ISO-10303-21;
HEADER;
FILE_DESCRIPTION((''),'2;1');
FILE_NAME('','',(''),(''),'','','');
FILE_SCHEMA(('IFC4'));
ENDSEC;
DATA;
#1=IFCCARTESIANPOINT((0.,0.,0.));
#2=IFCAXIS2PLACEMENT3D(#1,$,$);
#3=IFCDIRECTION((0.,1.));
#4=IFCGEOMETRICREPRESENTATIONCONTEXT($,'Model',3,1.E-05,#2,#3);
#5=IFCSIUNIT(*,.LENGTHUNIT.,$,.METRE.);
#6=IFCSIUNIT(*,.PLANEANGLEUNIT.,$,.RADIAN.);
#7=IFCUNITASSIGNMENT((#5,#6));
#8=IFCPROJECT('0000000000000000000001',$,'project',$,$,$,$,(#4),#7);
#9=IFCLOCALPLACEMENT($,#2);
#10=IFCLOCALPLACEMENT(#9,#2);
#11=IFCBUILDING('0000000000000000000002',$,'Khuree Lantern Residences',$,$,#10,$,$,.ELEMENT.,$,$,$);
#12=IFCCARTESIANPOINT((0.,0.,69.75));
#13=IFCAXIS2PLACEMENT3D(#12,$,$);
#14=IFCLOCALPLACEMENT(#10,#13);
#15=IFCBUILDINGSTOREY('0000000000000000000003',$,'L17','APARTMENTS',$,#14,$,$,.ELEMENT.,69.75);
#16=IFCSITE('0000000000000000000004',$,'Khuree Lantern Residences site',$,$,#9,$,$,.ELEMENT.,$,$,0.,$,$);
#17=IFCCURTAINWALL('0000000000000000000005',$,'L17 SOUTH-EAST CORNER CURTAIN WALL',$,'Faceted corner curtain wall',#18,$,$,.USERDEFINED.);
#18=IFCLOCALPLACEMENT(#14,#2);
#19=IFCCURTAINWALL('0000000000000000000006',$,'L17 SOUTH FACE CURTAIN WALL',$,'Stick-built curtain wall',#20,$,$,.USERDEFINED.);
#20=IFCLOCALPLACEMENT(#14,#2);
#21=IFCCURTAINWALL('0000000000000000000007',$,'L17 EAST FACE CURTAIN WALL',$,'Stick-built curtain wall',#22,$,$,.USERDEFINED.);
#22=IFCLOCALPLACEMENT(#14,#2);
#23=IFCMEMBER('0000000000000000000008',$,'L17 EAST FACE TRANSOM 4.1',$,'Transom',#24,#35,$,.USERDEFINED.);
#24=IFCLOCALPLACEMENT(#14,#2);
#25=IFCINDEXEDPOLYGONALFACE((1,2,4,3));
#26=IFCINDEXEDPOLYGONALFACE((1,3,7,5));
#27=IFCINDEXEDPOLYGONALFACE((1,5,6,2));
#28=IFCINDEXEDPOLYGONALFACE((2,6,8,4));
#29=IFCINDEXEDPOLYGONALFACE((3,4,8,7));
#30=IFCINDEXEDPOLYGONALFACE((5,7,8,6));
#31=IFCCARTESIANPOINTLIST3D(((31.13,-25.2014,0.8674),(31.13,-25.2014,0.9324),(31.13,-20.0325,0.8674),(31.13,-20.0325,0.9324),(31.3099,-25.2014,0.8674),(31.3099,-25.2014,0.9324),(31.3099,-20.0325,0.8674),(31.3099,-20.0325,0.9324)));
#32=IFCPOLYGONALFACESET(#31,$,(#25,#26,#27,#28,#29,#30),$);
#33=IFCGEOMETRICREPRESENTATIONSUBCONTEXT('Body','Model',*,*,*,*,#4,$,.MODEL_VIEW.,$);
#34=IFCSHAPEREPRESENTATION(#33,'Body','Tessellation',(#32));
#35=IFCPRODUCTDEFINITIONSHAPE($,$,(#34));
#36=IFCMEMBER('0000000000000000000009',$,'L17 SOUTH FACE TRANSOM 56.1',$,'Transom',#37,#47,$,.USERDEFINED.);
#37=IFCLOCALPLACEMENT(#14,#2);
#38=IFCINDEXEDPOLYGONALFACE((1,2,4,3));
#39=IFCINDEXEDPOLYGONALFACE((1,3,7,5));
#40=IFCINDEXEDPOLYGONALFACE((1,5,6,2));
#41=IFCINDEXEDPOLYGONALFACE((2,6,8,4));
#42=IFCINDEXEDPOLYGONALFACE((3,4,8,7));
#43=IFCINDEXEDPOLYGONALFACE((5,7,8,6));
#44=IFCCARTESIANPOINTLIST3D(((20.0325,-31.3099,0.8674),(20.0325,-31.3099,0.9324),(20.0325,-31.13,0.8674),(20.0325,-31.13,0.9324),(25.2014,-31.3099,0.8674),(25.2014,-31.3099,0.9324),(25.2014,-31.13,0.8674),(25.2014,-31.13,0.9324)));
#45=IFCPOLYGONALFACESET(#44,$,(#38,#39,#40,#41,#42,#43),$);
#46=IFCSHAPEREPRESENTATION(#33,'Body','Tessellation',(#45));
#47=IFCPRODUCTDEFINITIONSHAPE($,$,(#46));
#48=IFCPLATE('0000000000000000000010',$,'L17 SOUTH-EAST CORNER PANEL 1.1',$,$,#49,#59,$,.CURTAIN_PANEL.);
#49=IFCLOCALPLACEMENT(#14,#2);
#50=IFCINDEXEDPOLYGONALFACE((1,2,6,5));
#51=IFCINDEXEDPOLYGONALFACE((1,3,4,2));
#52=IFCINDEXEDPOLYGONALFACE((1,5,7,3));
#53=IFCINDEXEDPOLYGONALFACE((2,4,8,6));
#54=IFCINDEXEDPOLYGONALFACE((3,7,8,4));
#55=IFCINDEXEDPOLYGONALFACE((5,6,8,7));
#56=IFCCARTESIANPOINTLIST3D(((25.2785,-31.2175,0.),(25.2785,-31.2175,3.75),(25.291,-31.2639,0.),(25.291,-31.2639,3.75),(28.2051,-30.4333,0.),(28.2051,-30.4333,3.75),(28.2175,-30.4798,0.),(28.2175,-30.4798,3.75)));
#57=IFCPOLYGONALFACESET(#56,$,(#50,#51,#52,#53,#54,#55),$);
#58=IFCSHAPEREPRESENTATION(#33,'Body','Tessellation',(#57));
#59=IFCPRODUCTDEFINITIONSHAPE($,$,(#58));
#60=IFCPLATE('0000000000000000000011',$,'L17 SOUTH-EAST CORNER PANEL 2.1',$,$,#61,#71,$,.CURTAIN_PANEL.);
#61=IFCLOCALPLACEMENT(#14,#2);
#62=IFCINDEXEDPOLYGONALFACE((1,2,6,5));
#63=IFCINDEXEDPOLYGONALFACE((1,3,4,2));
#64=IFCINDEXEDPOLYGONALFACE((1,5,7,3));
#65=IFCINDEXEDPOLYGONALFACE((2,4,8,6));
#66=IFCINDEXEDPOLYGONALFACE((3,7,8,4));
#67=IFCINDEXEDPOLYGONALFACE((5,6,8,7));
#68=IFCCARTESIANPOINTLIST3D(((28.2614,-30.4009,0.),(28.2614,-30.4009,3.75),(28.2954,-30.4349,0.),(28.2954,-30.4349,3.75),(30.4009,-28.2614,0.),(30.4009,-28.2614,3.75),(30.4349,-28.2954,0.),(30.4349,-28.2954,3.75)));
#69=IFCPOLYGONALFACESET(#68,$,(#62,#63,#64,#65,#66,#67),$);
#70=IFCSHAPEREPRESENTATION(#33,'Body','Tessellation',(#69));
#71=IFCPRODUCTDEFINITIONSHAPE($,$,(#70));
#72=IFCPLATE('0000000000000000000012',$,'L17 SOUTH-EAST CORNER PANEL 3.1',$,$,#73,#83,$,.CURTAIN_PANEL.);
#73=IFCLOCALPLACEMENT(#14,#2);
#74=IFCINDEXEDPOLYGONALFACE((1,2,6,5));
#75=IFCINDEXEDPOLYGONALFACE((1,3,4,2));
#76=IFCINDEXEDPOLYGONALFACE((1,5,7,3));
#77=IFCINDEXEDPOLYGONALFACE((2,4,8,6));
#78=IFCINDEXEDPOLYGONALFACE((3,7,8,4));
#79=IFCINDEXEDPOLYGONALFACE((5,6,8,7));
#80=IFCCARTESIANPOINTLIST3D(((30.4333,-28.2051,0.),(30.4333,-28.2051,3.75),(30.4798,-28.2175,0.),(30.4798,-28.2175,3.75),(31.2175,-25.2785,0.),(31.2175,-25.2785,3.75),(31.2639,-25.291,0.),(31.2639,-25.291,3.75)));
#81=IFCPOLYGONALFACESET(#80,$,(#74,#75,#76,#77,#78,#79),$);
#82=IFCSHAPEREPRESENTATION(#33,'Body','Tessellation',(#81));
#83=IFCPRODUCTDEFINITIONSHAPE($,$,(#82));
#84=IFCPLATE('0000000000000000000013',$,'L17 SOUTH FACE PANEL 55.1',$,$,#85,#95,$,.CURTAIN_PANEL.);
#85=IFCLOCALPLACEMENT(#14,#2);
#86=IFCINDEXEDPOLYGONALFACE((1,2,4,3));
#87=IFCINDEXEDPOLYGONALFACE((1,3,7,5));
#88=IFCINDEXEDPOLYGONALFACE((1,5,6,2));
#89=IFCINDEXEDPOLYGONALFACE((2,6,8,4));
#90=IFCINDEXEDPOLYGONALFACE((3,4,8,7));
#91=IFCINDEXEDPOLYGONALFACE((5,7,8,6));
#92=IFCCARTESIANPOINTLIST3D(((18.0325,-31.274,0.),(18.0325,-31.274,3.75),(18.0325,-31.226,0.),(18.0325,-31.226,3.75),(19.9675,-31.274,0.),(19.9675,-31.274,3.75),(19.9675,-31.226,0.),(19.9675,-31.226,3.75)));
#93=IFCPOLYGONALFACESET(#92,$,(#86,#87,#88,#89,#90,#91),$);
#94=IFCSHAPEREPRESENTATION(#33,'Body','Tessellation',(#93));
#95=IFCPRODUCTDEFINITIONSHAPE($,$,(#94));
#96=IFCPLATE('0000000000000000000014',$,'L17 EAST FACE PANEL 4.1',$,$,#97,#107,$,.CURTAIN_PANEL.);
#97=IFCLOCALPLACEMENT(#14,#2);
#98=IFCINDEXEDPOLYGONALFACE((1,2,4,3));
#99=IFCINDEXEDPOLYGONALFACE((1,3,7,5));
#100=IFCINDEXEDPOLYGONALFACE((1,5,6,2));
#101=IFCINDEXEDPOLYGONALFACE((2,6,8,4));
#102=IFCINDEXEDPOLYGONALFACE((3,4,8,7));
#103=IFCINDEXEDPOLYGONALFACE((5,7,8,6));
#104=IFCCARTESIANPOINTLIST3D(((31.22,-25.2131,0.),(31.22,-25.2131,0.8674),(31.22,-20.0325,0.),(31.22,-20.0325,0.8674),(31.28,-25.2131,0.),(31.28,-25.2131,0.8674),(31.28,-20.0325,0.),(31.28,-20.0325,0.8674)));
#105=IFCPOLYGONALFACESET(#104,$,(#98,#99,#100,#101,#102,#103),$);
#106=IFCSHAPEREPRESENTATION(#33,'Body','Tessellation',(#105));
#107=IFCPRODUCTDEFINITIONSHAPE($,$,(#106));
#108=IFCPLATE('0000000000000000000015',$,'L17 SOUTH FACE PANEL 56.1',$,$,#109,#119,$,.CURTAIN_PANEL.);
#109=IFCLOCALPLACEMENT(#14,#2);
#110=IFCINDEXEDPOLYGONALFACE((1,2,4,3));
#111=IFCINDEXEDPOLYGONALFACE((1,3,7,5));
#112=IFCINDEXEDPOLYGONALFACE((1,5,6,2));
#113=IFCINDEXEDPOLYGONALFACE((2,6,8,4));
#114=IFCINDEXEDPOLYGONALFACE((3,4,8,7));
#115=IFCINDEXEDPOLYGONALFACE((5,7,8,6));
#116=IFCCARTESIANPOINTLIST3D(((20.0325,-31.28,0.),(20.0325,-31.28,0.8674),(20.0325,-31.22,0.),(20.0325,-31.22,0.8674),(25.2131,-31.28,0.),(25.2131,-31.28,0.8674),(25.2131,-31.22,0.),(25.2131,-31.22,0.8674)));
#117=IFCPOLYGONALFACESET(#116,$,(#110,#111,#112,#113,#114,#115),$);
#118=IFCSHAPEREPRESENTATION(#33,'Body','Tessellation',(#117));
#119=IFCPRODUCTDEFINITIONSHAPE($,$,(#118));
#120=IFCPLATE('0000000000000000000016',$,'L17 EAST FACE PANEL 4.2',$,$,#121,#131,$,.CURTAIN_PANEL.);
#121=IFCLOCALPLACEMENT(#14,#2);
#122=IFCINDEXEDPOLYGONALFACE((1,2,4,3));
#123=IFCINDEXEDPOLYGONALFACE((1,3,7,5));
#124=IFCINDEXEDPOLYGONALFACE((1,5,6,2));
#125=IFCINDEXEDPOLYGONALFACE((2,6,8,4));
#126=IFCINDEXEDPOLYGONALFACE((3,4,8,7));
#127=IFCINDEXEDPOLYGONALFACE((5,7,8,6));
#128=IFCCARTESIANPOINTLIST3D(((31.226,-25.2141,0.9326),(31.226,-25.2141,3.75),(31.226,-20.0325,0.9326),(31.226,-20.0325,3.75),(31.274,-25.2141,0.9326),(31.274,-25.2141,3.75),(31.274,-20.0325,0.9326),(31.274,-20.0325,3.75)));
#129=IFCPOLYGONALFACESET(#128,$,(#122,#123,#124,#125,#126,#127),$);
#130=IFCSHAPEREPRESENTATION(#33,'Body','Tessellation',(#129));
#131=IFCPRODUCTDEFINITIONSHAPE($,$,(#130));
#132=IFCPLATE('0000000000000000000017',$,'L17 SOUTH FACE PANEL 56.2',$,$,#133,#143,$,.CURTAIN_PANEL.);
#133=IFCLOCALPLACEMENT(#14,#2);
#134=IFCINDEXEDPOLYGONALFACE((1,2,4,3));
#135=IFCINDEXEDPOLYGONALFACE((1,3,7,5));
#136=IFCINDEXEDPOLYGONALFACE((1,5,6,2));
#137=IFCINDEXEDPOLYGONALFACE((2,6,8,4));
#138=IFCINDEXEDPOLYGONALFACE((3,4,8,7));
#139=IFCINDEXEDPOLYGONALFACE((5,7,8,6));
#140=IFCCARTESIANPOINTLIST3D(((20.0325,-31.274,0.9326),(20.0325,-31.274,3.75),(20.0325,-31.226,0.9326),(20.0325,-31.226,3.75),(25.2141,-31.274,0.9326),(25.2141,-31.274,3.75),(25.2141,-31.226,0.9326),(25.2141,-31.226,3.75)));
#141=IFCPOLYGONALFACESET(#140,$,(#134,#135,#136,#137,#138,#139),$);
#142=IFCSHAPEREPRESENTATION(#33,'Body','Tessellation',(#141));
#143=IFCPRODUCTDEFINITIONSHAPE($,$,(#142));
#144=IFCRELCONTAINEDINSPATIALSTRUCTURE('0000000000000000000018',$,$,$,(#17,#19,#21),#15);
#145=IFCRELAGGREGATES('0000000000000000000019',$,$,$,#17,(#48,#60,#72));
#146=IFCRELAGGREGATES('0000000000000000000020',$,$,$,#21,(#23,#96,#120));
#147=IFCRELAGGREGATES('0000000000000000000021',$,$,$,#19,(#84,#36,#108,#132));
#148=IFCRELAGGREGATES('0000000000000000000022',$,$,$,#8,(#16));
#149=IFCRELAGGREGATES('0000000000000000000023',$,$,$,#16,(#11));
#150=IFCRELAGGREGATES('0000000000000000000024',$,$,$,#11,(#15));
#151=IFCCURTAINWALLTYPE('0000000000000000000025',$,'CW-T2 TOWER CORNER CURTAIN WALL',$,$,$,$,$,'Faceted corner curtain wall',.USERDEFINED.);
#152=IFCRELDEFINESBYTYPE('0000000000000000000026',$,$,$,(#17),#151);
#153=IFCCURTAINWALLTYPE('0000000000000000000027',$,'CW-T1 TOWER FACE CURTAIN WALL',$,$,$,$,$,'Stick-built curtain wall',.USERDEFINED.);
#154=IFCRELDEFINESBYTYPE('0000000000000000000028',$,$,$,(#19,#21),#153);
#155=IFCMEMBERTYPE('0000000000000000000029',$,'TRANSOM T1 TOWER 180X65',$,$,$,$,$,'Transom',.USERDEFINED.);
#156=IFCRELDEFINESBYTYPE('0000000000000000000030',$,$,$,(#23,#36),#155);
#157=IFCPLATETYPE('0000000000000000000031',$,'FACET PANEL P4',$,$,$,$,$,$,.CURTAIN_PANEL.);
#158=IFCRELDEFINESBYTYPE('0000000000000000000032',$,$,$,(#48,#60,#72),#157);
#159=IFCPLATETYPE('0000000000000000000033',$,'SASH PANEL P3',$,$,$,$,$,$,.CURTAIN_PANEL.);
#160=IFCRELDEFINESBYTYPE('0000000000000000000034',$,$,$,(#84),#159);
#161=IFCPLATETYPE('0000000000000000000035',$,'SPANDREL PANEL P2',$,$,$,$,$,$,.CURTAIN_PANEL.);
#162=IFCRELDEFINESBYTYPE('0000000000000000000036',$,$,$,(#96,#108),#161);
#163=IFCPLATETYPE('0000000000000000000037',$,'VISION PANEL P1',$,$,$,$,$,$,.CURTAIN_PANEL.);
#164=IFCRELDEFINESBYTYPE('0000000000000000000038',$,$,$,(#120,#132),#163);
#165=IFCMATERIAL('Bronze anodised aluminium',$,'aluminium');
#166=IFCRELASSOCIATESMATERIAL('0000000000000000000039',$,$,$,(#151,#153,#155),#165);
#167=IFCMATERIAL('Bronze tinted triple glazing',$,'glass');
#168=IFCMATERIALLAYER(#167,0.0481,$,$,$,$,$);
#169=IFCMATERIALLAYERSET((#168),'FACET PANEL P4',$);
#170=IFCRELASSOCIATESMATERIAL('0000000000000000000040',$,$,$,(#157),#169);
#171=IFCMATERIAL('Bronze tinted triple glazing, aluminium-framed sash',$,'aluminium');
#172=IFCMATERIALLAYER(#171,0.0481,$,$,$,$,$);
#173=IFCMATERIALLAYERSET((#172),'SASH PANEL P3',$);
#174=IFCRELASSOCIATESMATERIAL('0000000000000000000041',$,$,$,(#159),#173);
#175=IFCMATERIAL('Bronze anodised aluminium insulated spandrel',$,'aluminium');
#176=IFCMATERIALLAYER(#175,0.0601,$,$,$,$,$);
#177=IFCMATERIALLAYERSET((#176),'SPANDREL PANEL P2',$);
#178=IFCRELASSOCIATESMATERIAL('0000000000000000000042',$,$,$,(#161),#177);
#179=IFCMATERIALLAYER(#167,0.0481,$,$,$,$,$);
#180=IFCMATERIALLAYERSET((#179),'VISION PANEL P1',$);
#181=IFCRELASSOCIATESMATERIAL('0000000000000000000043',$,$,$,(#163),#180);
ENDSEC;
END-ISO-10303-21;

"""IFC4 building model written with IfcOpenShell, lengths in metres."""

from ifc_helpers import new_model, si_unit, direction, frame, origin, origin_2d, place, context, subcontext, project, spatial, rectangle, extrude, material, layer, layer_set, material_profile, profile_set, type_object, element, aggregate, save


model = new_model("IFC4")

# Units and contexts
model_context = context("Model", 3, precision=1e-05, world=origin(), true_north=direction((0.0, 1.0)))
body_context = subcontext(model_context, "Body", "Model", "MODEL_VIEW")
ifc_project = project(units=[si_unit("LENGTHUNIT", "METRE"), si_unit("PLANEANGLEUNIT", "RADIAN")], contexts=[model_context])

# Site, building, storey
site_placement = place(None, origin())
site = spatial("IfcSite", under=ifc_project, at=site_placement, Name="Khuree Lantern Residences site", CompositionType="ELEMENT", RefElevation=0.0)
building_placement = place(site_placement, origin())
building = spatial("IfcBuilding", under=site, at=building_placement, Name="Khuree Lantern Residences", CompositionType="ELEMENT")
storey_placement = place(building_placement, frame((0.0, 0.0, 69.75)))
storey = spatial("IfcBuildingStorey", under=building, at=storey_placement, Name="L17", Description="APARTMENTS", CompositionType="ELEMENT", Elevation=69.75)

# Curtain walls
ifc_material_1 = material(Name="Bronze anodised aluminium", Category="aluminium")
curtain_wall_type_1 = type_object("IfcCurtainWallType", Name="CW-T2 TOWER CORNER CURTAIN WALL", ElementType="Faceted corner curtain wall", PredefinedType="USERDEFINED", material=ifc_material_1)
curtain_wall_1_placement = place(storey_placement, origin())
curtain_wall_1 = element("IfcCurtainWall", 1, at=curtain_wall_1_placement, inside=storey, type_object=curtain_wall_type_1, Name="L17 SOUTH-EAST CORNER CURTAIN WALL", ObjectType="Faceted corner curtain wall", PredefinedType="USERDEFINED")
curtain_wall_type_2 = type_object("IfcCurtainWallType", Name="CW-T1 TOWER FACE CURTAIN WALL", ElementType="Stick-built curtain wall", PredefinedType="USERDEFINED", material=ifc_material_1)
curtain_wall_2_placement = place(storey_placement, origin())
curtain_wall_2 = element("IfcCurtainWall", 2, at=curtain_wall_2_placement, inside=storey, type_object=curtain_wall_type_2, Name="L17 SOUTH FACE CURTAIN WALL", ObjectType="Stick-built curtain wall", PredefinedType="USERDEFINED")

# Curtain wall, member
curtain_wall_3_placement = place(storey_placement, origin())
curtain_wall_3 = element("IfcCurtainWall", 3, at=curtain_wall_3_placement, inside=storey, type_object=curtain_wall_type_2, Name="L17 EAST FACE CURTAIN WALL", ObjectType="Stick-built curtain wall", PredefinedType="USERDEFINED")
ifc_material_profile_1 = material_profile(ifc_material_1, rectangle(XDim=0.1799, YDim=0.0649, at=origin_2d()), Name="T1 180X65")
ifc_profile_set_1 = profile_set([ifc_material_profile_1], Name="Bronze anodised aluminium")
member_type_1 = type_object("IfcMemberType", Name="TRANSOM T1 TOWER 180X65", ElementType="Transom", PredefinedType="USERDEFINED", material=ifc_profile_set_1)
member_1_placement = place(storey_placement, frame((31.22, -25.2014, 0.8999), z_axis=(0.0, 1.0, 0.0), x_axis=(-1.0, 0.0, 0.0)))
member_1 = element("IfcMember", 4, at=member_1_placement, type_object=member_type_1, Name="L17 EAST FACE TRANSOM 4.1", ObjectType="Transom", PredefinedType="USERDEFINED", context=body_context, shape_type="SweptSolid", body=[
    extrude(rectangle(XDim=0.1799, YDim=0.0649, at=origin_2d()), origin(), (0.0, 0.0, 1.0), 5.1689),
])

# Member
member_2_placement = place(storey_placement, frame((20.0325, -31.22, 0.8999), z_axis=(1.0, 0.0, 0.0), x_axis=(0.0, 1.0, 0.0)))
member_2 = element("IfcMember", 5, at=member_2_placement, type_object=member_type_1, Name="L17 SOUTH FACE TRANSOM 56.1", ObjectType="Transom", PredefinedType="USERDEFINED", context=body_context, shape_type="SweptSolid", body=[
    extrude(rectangle(XDim=0.1799, YDim=0.0649, at=origin_2d()), origin(), (0.0, 0.0, 1.0), 5.1689),
])

# Plates
ifc_material_2 = material(Name="Bronze tinted triple glazing", Category="glass")
ifc_layer_1 = layer(ifc_material_2, 0.0481)
ifc_layer_set_1 = layer_set([ifc_layer_1], Name="FACET PANEL P4")
plate_type_1 = type_object("IfcPlateType", Name="FACET PANEL P4", PredefinedType="CURTAIN_PANEL", material=ifc_layer_set_1)
plate_1_placement = place(storey_placement, frame((26.748, -30.8486, 0.0), z_axis=(0.0, 0.0, 1.0), x_axis=(0.965926, 0.258819, 0.0)))
plate_1 = element("IfcPlate", 6, at=plate_1_placement, type_object=plate_type_1, Name="L17 SOUTH-EAST CORNER PANEL 1.1", PredefinedType="CURTAIN_PANEL", context=body_context, shape_type="SweptSolid", body=[
    extrude(rectangle(XDim=3.0298, YDim=0.0481, at=origin_2d()), origin(), (0.0, 0.0, 1.0), 3.75),
])
plate_2_placement = place(storey_placement, frame((29.3481, -29.3481, 0.0), z_axis=(0.0, 0.0, 1.0), x_axis=(0.707107, 0.707107, 0.0)))
plate_2 = element("IfcPlate", 7, at=plate_2_placement, type_object=plate_type_1, Name="L17 SOUTH-EAST CORNER PANEL 2.1", PredefinedType="CURTAIN_PANEL", context=body_context, shape_type="SweptSolid", body=[
    extrude(rectangle(XDim=3.0256, YDim=0.0481, at=origin_2d()), origin(), (0.0, 0.0, 1.0), 3.75),
])
plate_3_placement = place(storey_placement, frame((30.8486, -26.748, 0.0), z_axis=(0.0, 0.0, 1.0), x_axis=(0.258819, 0.965926, 0.0)))
plate_3 = element("IfcPlate", 8, at=plate_3_placement, type_object=plate_type_1, Name="L17 SOUTH-EAST CORNER PANEL 3.1", PredefinedType="CURTAIN_PANEL", context=body_context, shape_type="SweptSolid", body=[
    extrude(rectangle(XDim=3.0298, YDim=0.0481, at=origin_2d()), origin(), (0.0, 0.0, 1.0), 3.75),
])
aggregate(curtain_wall_1, [plate_1, plate_2, plate_3])
ifc_material_3 = material(Name="Bronze tinted triple glazing, aluminium-framed sash", Category="aluminium")
ifc_layer_2 = layer(ifc_material_3, 0.0481)
ifc_layer_set_2 = layer_set([ifc_layer_2], Name="SASH PANEL P3")
plate_type_2 = type_object("IfcPlateType", Name="SASH PANEL P3", PredefinedType="CURTAIN_PANEL", material=ifc_layer_set_2)
plate_4_placement = place(storey_placement, frame((19.0, -31.25, 0.0), z_axis=(0.0, 0.0, 1.0), x_axis=(1.0, 0.0, 0.0)))
plate_4 = element("IfcPlate", 9, at=plate_4_placement, type_object=plate_type_2, Name="L17 SOUTH FACE PANEL 55.1", PredefinedType="CURTAIN_PANEL", context=body_context, shape_type="SweptSolid", body=[
    extrude(rectangle(XDim=1.9351, YDim=0.0481, at=origin_2d()), origin(), (0.0, 0.0, 1.0), 3.75),
])
ifc_material_4 = material(Name="Bronze anodised aluminium insulated spandrel", Category="aluminium")
ifc_layer_3 = layer(ifc_material_4, 0.0601)
ifc_layer_set_3 = layer_set([ifc_layer_3], Name="SPANDREL PANEL P2")
plate_type_3 = type_object("IfcPlateType", Name="SPANDREL PANEL P2", PredefinedType="CURTAIN_PANEL", material=ifc_layer_set_3)
plate_5_placement = place(storey_placement, frame((31.25, -22.6228, 0.0), z_axis=(0.0, 0.0, 1.0), x_axis=(0.0, 1.0, 0.0)))
plate_5 = element("IfcPlate", 10, at=plate_5_placement, type_object=plate_type_3, Name="L17 EAST FACE PANEL 4.1", PredefinedType="CURTAIN_PANEL", context=body_context, shape_type="SweptSolid", body=[
    extrude(rectangle(XDim=5.1807, YDim=0.0601, at=origin_2d()), origin(), (0.0, 0.0, 1.0), 0.8674),
])
plate_6_placement = place(storey_placement, frame((22.6228, -31.25, 0.0), z_axis=(0.0, 0.0, 1.0), x_axis=(1.0, 0.0, 0.0)))
plate_6 = element("IfcPlate", 11, at=plate_6_placement, type_object=plate_type_3, Name="L17 SOUTH FACE PANEL 56.1", PredefinedType="CURTAIN_PANEL", context=body_context, shape_type="SweptSolid", body=[
    extrude(rectangle(XDim=5.1807, YDim=0.0601, at=origin_2d()), origin(), (0.0, 0.0, 1.0), 0.8674),
])
ifc_layer_4 = layer(ifc_material_2, 0.0481)
ifc_layer_set_4 = layer_set([ifc_layer_4], Name="VISION PANEL P1")
plate_type_4 = type_object("IfcPlateType", Name="VISION PANEL P1", PredefinedType="CURTAIN_PANEL", material=ifc_layer_set_4)
plate_7_placement = place(storey_placement, frame((31.25, -22.6233, 0.9326), z_axis=(0.0, 0.0, 1.0), x_axis=(0.0, 1.0, 0.0)))
plate_7 = element("IfcPlate", 12, at=plate_7_placement, type_object=plate_type_4, Name="L17 EAST FACE PANEL 4.2", PredefinedType="CURTAIN_PANEL", context=body_context, shape_type="SweptSolid", body=[
    extrude(rectangle(XDim=5.1816, YDim=0.0481, at=origin_2d()), origin(), (0.0, 0.0, 1.0), 2.8174),
])
aggregate(curtain_wall_3, [member_1, plate_5, plate_7])
plate_8_placement = place(storey_placement, frame((22.6233, -31.25, 0.9326), z_axis=(0.0, 0.0, 1.0), x_axis=(1.0, 0.0, 0.0)))
plate_8 = element("IfcPlate", 13, at=plate_8_placement, type_object=plate_type_4, Name="L17 SOUTH FACE PANEL 56.2", PredefinedType="CURTAIN_PANEL", context=body_context, shape_type="SweptSolid", body=[
    extrude(rectangle(XDim=5.1816, YDim=0.0481, at=origin_2d()), origin(), (0.0, 0.0, 1.0), 2.8174),
])
aggregate(curtain_wall_2, [plate_4, member_2, plate_6, plate_8])

save(model, "model.ifc")
